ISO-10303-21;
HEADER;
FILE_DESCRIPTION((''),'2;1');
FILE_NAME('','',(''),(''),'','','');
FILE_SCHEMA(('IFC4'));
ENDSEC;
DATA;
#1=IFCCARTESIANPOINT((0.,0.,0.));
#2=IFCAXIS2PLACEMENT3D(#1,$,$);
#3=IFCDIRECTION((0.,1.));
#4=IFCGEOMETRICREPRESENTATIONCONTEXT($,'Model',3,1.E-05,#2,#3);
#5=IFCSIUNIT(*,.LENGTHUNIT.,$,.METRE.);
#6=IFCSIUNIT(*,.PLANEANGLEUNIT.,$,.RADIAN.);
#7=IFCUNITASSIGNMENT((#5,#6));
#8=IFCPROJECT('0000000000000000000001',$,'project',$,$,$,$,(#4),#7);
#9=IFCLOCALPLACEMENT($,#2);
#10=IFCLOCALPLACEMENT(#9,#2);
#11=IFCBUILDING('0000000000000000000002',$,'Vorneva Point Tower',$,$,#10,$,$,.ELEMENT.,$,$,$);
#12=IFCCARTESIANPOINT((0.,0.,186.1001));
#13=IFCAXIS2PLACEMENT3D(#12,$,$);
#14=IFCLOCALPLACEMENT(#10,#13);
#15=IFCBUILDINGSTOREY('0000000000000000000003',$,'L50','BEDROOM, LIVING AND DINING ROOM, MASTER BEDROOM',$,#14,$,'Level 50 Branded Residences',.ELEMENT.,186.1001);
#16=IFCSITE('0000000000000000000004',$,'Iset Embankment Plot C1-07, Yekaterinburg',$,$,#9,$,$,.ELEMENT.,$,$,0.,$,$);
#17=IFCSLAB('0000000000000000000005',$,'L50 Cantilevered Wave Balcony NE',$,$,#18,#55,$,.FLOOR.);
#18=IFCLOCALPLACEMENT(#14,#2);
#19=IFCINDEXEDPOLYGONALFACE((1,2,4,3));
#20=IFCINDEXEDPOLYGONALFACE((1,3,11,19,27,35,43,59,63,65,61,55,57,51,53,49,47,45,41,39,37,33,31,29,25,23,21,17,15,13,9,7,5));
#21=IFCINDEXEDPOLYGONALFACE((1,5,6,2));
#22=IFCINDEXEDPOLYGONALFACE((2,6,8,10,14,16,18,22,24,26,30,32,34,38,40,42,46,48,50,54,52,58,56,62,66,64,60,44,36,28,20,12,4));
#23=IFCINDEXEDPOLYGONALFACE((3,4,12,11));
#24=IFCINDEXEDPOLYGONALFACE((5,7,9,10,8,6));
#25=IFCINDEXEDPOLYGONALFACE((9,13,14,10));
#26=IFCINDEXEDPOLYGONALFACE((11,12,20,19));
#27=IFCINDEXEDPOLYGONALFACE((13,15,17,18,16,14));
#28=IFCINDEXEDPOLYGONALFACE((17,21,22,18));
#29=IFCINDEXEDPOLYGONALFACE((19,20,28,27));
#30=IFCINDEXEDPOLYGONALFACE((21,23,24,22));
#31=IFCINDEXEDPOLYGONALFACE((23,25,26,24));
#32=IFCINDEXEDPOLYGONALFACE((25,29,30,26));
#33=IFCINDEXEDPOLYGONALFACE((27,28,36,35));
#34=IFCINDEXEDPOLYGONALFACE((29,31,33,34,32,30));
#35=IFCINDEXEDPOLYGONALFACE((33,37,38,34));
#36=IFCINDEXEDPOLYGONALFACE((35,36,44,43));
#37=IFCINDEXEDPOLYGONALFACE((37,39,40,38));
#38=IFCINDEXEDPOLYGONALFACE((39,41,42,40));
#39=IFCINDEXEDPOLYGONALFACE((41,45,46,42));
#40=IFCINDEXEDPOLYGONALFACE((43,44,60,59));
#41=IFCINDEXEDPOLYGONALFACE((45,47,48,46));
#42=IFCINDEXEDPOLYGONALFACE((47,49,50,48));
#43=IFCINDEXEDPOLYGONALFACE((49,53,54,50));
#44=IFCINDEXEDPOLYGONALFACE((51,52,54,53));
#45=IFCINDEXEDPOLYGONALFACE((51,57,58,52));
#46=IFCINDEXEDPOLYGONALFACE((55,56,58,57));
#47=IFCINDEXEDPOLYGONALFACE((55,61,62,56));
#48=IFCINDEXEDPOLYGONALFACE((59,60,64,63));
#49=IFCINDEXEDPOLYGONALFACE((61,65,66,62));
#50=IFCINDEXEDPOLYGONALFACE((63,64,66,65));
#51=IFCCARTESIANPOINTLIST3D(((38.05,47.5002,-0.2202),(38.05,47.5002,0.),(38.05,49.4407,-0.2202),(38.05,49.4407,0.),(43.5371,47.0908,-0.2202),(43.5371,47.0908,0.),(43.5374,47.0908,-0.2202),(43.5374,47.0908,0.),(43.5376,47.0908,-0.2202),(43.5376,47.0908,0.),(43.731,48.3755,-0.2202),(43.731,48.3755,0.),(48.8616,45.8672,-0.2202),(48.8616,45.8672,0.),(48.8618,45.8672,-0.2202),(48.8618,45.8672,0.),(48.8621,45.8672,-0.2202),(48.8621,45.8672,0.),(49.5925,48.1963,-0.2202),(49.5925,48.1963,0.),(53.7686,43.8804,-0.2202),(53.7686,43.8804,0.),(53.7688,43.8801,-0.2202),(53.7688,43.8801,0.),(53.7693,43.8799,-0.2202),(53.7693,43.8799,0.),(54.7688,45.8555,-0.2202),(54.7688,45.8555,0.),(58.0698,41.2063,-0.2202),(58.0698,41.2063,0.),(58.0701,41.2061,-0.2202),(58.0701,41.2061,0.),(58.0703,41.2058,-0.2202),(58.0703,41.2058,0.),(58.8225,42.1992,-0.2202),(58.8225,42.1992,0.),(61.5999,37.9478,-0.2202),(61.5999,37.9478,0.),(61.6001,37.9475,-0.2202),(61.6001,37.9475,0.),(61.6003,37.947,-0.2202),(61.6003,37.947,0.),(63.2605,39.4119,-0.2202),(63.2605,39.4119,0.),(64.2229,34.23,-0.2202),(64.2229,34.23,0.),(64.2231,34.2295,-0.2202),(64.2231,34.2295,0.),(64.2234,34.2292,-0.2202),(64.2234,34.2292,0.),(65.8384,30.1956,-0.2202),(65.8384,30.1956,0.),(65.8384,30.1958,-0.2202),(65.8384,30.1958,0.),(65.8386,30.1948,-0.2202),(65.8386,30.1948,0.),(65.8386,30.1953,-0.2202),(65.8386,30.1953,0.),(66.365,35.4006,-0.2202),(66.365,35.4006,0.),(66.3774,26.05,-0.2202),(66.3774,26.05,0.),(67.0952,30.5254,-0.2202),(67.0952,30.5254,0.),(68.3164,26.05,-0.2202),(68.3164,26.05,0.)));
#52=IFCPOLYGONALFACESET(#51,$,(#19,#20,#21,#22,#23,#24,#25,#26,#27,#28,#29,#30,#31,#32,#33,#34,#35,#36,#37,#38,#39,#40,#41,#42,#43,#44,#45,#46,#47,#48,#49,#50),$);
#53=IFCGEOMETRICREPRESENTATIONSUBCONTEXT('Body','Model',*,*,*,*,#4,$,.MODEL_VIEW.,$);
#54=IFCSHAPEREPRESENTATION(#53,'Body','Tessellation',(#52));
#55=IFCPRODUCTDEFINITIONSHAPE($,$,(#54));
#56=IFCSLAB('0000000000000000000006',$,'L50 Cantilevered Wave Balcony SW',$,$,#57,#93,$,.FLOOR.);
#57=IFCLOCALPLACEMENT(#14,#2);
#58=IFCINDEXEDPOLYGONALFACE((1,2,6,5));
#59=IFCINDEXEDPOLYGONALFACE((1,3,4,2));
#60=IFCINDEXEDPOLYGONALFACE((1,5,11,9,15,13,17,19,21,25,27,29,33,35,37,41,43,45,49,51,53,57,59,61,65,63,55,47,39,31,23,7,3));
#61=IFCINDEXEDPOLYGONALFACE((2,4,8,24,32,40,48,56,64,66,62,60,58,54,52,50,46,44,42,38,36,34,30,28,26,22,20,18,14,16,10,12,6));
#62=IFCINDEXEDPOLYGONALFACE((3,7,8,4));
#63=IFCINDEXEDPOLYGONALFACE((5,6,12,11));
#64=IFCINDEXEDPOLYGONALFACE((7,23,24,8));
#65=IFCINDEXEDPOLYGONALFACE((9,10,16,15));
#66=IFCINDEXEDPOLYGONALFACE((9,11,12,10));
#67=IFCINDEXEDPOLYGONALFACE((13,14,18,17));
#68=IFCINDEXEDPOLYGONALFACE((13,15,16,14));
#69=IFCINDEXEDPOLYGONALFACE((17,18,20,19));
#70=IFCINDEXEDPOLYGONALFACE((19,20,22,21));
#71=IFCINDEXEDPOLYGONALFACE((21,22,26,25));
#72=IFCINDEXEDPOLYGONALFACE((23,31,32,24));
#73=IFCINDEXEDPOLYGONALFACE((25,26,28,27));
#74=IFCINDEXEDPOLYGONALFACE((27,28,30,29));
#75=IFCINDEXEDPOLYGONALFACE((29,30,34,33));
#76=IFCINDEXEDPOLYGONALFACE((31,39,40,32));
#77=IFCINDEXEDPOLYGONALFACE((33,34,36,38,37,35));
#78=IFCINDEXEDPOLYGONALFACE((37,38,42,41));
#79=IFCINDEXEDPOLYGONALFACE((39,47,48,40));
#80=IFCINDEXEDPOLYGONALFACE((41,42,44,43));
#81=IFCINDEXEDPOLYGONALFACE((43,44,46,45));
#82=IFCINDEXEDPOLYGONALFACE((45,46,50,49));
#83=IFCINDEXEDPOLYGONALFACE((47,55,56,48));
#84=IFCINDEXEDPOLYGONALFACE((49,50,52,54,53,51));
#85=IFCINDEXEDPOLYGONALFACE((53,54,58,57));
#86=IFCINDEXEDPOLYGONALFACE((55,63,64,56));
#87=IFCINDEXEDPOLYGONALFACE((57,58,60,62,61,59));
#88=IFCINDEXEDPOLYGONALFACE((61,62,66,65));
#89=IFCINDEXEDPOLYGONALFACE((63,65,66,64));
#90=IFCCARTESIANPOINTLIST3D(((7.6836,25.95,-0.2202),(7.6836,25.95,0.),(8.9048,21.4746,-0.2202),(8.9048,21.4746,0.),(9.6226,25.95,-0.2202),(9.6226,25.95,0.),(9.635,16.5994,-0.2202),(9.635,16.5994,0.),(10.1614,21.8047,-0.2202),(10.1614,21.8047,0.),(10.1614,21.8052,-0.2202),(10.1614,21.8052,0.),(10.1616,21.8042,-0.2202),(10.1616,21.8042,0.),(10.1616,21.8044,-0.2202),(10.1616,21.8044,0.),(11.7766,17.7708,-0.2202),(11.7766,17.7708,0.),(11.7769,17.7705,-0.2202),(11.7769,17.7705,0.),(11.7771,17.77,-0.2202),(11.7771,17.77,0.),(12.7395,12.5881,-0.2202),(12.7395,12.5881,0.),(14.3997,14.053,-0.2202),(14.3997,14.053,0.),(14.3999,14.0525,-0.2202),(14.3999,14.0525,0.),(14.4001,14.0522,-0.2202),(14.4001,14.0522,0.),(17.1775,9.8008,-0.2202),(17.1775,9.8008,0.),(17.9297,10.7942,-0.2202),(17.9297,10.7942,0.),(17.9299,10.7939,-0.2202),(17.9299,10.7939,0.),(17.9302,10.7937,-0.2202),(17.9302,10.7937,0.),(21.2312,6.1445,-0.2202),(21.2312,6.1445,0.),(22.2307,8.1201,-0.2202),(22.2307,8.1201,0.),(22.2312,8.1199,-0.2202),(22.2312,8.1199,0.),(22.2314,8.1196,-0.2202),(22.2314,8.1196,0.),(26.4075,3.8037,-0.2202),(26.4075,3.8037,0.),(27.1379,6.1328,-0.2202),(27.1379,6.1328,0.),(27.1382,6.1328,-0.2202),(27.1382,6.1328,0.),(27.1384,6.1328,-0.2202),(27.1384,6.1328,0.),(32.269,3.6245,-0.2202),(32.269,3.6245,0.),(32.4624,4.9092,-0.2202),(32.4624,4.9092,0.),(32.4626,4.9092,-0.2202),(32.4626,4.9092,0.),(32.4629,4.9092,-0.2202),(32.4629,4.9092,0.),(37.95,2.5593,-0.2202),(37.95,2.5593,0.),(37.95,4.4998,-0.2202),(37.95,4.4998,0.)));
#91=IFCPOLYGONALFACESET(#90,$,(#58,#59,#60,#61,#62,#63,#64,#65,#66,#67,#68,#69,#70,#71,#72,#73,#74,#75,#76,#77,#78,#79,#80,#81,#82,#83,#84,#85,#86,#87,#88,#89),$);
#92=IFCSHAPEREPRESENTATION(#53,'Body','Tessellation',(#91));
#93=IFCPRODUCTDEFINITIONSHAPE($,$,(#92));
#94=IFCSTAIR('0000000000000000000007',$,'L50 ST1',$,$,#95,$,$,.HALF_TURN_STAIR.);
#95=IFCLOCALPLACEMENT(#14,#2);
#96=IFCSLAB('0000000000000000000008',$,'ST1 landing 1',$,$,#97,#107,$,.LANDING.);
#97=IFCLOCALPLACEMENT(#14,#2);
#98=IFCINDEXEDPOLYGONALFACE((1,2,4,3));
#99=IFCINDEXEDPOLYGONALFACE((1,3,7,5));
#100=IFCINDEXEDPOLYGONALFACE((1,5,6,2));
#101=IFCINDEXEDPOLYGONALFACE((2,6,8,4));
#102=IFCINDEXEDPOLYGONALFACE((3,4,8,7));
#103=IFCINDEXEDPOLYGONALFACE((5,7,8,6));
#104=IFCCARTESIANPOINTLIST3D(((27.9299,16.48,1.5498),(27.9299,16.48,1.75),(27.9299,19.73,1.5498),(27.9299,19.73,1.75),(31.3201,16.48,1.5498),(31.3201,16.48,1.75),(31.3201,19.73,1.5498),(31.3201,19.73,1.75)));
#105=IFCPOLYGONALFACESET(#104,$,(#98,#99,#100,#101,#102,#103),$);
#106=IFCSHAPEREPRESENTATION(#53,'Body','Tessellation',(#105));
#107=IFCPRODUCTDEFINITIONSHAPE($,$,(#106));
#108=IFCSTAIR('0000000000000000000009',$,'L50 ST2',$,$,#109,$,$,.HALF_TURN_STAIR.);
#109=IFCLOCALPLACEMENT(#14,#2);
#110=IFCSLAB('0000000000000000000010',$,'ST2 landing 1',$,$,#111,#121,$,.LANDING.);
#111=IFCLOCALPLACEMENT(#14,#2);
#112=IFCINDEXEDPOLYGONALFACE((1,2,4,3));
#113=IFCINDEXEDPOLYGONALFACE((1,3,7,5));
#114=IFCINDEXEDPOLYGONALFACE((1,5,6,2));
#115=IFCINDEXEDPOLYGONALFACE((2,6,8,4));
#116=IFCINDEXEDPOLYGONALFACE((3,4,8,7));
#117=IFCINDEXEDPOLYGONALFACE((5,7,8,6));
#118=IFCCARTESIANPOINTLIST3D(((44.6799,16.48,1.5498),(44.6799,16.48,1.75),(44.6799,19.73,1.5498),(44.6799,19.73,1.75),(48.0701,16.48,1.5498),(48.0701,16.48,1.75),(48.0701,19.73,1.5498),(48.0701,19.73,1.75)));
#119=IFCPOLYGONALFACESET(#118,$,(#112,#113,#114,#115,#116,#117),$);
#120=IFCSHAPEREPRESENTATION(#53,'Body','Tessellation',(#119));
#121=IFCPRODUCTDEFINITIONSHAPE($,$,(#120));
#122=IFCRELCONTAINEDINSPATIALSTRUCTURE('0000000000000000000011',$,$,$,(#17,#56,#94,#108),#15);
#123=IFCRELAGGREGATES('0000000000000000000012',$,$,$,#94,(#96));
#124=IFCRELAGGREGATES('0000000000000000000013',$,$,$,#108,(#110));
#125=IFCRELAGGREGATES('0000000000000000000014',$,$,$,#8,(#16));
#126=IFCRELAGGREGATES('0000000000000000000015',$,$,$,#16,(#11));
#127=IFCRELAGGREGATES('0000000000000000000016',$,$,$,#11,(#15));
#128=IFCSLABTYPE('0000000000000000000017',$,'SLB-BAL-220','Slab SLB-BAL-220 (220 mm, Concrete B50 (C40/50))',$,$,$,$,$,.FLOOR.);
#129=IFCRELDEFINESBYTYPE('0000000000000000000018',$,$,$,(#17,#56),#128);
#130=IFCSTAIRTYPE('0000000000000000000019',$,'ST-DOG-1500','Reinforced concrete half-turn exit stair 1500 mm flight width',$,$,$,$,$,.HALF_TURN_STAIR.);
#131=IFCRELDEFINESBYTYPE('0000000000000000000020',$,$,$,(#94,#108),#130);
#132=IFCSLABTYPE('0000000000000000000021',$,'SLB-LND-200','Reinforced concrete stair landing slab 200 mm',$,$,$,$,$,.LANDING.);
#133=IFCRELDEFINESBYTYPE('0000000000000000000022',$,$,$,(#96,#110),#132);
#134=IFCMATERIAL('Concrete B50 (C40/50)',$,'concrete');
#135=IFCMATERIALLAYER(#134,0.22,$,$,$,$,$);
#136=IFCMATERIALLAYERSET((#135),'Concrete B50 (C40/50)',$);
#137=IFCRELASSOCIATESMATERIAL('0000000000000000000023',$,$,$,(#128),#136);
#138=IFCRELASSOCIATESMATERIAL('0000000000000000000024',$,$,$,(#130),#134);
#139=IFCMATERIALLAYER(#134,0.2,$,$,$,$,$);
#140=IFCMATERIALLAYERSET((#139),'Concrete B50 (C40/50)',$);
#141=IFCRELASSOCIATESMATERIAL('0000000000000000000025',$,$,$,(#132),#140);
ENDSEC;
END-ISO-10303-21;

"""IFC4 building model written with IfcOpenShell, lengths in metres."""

from ifc_helpers import new_model, si_unit, direction, frame, origin, place, context, subcontext, project, spatial, polyline, outline, extrude, material, layer, layer_set, type_object, element, aggregate, save


model = new_model("IFC4")

# Units and contexts
model_context = context("Model", 3, precision=1e-05, world=origin(), true_north=direction((0.0, 1.0)))
body_context = subcontext(model_context, "Body", "Model", "MODEL_VIEW")
ifc_project = project(units=[si_unit("LENGTHUNIT", "METRE"), si_unit("PLANEANGLEUNIT", "RADIAN")], contexts=[model_context])

# Site, building, storey
site_placement = place(None, origin())
site = spatial("IfcSite", under=ifc_project, at=site_placement, Name="Iset Embankment Plot C1-07, Yekaterinburg", CompositionType="ELEMENT", RefElevation=0.0)
building_placement = place(site_placement, origin())
building = spatial("IfcBuilding", under=site, at=building_placement, Name="Vorneva Point Tower", CompositionType="ELEMENT")
storey_placement = place(building_placement, frame((0.0, 0.0, 186.1001)))
storey = spatial("IfcBuildingStorey", under=building, at=storey_placement, Name="L50", Description="BEDROOM, LIVING AND DINING ROOM, MASTER BEDROOM", LongName="Level 50 Branded Residences", CompositionType="ELEMENT", Elevation=186.1001)

# Shared definitions
ifc_material_1 = material(Name="Concrete B50 (C40/50)", Category="concrete")

# Slabs
ifc_layer_1 = layer(ifc_material_1, 0.22)
ifc_layer_set_1 = layer_set([ifc_layer_1], Name="Concrete B50 (C40/50)")
slab_type_1 = type_object("IfcSlabType", Name="SLB-BAL-220", Description="Slab SLB-BAL-220 (220 mm, Concrete B50 (C40/50))", PredefinedType="FLOOR", material=ifc_layer_set_1)
slab_1_placement = place(storey_placement, frame((0.0, 0.0, -0.2202)))
element("IfcSlab", 1, at=slab_1_placement, inside=storey, type_object=slab_type_1, Name="L50 Cantilevered Wave Balcony NE", PredefinedType="FLOOR", context=body_context, shape_type="SweptSolid", body=[
    extrude(outline(polyline([(38.05, 49.4407), (38.05, 47.5002), (43.5371, 47.0908), (43.5374, 47.0908), (43.5376, 47.0908), (48.8616, 45.8672), (48.8618, 45.8672), (48.8621, 45.8672), (53.7686, 43.8804), (53.7688, 43.8801), (53.7693, 43.8799), (58.0698, 41.2063), (58.0701, 41.2061), (58.0703, 41.2058), (61.5999, 37.9478), (61.6001, 37.9475), (61.6003, 37.947), (64.2229, 34.23), (64.2231, 34.2295), (64.2234, 34.2292), (65.8384, 30.1958), (65.8384, 30.1956), (65.8386, 30.1953), (65.8386, 30.1948), (66.3774, 26.05), (68.3164, 26.05), (67.0952, 30.5254), (66.365, 35.4006), (63.2605, 39.4119), (58.8225, 42.1992), (54.7688, 45.8555), (49.5925, 48.1963), (43.731, 48.3755), (38.05, 49.4407)])), origin(), (0.0, 0.0, 1.0), 0.2202),
])
slab_2_placement = place(storey_placement, frame((0.0, 0.0, -0.2202)))
element("IfcSlab", 2, at=slab_2_placement, inside=storey, type_object=slab_type_1, Name="L50 Cantilevered Wave Balcony SW", PredefinedType="FLOOR", context=body_context, shape_type="SweptSolid", body=[
    extrude(outline(polyline([(37.95, 2.5593), (37.95, 4.4998), (32.4629, 4.9092), (32.4626, 4.9092), (32.4624, 4.9092), (27.1384, 6.1328), (27.1382, 6.1328), (27.1379, 6.1328), (22.2314, 8.1196), (22.2312, 8.1199), (22.2307, 8.1201), (17.9302, 10.7937), (17.9299, 10.7939), (17.9297, 10.7942), (14.4001, 14.0522), (14.3999, 14.0525), (14.3997, 14.053), (11.7771, 17.77), (11.7769, 17.7705), (11.7766, 17.7708), (10.1616, 21.8042), (10.1616, 21.8044), (10.1614, 21.8047), (10.1614, 21.8052), (9.6226, 25.95), (7.6836, 25.95), (8.9048, 21.4746), (9.635, 16.5994), (12.7395, 12.5881), (17.1775, 9.8008), (21.2312, 6.1445), (26.4075, 3.8037), (32.269, 3.6245), (37.95, 2.5593)])), origin(), (0.0, 0.0, 1.0), 0.2202),
])

# Stairs, slabs
stair_type = type_object("IfcStairType", Name="ST-DOG-1500", Description="Reinforced concrete half-turn exit stair 1500 mm flight width", PredefinedType="HALF_TURN_STAIR", material=ifc_material_1)
stair_1_placement = place(storey_placement, origin())
stair_1 = element("IfcStair", 3, at=stair_1_placement, inside=storey, type_object=stair_type, Name="L50 ST1", PredefinedType="HALF_TURN_STAIR")
ifc_layer_2 = layer(ifc_material_1, 0.2)
ifc_layer_set_2 = layer_set([ifc_layer_2], Name="Concrete B50 (C40/50)")
slab_type_2 = type_object("IfcSlabType", Name="SLB-LND-200", Description="Reinforced concrete stair landing slab 200 mm", PredefinedType="LANDING", material=ifc_layer_set_2)
slab_3_placement = place(storey_placement, frame((0.0, 0.0, 1.5498)))
slab_3 = element("IfcSlab", 4, at=slab_3_placement, type_object=slab_type_2, Name="ST1 landing 1", PredefinedType="LANDING", context=body_context, shape_type="SweptSolid", body=[
    extrude(outline(polyline([(27.9299, 16.48), (31.3201, 16.48), (31.3201, 19.73), (27.9299, 19.73), (27.9299, 16.48)])), origin(), (0.0, 0.0, 1.0), 0.2002),
])
aggregate(stair_1, [slab_3])
stair_2_placement = place(storey_placement, origin())
stair_2 = element("IfcStair", 5, at=stair_2_placement, inside=storey, type_object=stair_type, Name="L50 ST2", PredefinedType="HALF_TURN_STAIR")
slab_4_placement = place(storey_placement, frame((0.0, 0.0, 1.5498)))
slab_4 = element("IfcSlab", 6, at=slab_4_placement, type_object=slab_type_2, Name="ST2 landing 1", PredefinedType="LANDING", context=body_context, shape_type="SweptSolid", body=[
    extrude(outline(polyline([(44.6799, 16.48), (48.0701, 16.48), (48.0701, 19.73), (44.6799, 19.73), (44.6799, 16.48)])), origin(), (0.0, 0.0, 1.0), 0.2002),
])
aggregate(stair_2, [slab_4])

save(model, "model.ifc")
